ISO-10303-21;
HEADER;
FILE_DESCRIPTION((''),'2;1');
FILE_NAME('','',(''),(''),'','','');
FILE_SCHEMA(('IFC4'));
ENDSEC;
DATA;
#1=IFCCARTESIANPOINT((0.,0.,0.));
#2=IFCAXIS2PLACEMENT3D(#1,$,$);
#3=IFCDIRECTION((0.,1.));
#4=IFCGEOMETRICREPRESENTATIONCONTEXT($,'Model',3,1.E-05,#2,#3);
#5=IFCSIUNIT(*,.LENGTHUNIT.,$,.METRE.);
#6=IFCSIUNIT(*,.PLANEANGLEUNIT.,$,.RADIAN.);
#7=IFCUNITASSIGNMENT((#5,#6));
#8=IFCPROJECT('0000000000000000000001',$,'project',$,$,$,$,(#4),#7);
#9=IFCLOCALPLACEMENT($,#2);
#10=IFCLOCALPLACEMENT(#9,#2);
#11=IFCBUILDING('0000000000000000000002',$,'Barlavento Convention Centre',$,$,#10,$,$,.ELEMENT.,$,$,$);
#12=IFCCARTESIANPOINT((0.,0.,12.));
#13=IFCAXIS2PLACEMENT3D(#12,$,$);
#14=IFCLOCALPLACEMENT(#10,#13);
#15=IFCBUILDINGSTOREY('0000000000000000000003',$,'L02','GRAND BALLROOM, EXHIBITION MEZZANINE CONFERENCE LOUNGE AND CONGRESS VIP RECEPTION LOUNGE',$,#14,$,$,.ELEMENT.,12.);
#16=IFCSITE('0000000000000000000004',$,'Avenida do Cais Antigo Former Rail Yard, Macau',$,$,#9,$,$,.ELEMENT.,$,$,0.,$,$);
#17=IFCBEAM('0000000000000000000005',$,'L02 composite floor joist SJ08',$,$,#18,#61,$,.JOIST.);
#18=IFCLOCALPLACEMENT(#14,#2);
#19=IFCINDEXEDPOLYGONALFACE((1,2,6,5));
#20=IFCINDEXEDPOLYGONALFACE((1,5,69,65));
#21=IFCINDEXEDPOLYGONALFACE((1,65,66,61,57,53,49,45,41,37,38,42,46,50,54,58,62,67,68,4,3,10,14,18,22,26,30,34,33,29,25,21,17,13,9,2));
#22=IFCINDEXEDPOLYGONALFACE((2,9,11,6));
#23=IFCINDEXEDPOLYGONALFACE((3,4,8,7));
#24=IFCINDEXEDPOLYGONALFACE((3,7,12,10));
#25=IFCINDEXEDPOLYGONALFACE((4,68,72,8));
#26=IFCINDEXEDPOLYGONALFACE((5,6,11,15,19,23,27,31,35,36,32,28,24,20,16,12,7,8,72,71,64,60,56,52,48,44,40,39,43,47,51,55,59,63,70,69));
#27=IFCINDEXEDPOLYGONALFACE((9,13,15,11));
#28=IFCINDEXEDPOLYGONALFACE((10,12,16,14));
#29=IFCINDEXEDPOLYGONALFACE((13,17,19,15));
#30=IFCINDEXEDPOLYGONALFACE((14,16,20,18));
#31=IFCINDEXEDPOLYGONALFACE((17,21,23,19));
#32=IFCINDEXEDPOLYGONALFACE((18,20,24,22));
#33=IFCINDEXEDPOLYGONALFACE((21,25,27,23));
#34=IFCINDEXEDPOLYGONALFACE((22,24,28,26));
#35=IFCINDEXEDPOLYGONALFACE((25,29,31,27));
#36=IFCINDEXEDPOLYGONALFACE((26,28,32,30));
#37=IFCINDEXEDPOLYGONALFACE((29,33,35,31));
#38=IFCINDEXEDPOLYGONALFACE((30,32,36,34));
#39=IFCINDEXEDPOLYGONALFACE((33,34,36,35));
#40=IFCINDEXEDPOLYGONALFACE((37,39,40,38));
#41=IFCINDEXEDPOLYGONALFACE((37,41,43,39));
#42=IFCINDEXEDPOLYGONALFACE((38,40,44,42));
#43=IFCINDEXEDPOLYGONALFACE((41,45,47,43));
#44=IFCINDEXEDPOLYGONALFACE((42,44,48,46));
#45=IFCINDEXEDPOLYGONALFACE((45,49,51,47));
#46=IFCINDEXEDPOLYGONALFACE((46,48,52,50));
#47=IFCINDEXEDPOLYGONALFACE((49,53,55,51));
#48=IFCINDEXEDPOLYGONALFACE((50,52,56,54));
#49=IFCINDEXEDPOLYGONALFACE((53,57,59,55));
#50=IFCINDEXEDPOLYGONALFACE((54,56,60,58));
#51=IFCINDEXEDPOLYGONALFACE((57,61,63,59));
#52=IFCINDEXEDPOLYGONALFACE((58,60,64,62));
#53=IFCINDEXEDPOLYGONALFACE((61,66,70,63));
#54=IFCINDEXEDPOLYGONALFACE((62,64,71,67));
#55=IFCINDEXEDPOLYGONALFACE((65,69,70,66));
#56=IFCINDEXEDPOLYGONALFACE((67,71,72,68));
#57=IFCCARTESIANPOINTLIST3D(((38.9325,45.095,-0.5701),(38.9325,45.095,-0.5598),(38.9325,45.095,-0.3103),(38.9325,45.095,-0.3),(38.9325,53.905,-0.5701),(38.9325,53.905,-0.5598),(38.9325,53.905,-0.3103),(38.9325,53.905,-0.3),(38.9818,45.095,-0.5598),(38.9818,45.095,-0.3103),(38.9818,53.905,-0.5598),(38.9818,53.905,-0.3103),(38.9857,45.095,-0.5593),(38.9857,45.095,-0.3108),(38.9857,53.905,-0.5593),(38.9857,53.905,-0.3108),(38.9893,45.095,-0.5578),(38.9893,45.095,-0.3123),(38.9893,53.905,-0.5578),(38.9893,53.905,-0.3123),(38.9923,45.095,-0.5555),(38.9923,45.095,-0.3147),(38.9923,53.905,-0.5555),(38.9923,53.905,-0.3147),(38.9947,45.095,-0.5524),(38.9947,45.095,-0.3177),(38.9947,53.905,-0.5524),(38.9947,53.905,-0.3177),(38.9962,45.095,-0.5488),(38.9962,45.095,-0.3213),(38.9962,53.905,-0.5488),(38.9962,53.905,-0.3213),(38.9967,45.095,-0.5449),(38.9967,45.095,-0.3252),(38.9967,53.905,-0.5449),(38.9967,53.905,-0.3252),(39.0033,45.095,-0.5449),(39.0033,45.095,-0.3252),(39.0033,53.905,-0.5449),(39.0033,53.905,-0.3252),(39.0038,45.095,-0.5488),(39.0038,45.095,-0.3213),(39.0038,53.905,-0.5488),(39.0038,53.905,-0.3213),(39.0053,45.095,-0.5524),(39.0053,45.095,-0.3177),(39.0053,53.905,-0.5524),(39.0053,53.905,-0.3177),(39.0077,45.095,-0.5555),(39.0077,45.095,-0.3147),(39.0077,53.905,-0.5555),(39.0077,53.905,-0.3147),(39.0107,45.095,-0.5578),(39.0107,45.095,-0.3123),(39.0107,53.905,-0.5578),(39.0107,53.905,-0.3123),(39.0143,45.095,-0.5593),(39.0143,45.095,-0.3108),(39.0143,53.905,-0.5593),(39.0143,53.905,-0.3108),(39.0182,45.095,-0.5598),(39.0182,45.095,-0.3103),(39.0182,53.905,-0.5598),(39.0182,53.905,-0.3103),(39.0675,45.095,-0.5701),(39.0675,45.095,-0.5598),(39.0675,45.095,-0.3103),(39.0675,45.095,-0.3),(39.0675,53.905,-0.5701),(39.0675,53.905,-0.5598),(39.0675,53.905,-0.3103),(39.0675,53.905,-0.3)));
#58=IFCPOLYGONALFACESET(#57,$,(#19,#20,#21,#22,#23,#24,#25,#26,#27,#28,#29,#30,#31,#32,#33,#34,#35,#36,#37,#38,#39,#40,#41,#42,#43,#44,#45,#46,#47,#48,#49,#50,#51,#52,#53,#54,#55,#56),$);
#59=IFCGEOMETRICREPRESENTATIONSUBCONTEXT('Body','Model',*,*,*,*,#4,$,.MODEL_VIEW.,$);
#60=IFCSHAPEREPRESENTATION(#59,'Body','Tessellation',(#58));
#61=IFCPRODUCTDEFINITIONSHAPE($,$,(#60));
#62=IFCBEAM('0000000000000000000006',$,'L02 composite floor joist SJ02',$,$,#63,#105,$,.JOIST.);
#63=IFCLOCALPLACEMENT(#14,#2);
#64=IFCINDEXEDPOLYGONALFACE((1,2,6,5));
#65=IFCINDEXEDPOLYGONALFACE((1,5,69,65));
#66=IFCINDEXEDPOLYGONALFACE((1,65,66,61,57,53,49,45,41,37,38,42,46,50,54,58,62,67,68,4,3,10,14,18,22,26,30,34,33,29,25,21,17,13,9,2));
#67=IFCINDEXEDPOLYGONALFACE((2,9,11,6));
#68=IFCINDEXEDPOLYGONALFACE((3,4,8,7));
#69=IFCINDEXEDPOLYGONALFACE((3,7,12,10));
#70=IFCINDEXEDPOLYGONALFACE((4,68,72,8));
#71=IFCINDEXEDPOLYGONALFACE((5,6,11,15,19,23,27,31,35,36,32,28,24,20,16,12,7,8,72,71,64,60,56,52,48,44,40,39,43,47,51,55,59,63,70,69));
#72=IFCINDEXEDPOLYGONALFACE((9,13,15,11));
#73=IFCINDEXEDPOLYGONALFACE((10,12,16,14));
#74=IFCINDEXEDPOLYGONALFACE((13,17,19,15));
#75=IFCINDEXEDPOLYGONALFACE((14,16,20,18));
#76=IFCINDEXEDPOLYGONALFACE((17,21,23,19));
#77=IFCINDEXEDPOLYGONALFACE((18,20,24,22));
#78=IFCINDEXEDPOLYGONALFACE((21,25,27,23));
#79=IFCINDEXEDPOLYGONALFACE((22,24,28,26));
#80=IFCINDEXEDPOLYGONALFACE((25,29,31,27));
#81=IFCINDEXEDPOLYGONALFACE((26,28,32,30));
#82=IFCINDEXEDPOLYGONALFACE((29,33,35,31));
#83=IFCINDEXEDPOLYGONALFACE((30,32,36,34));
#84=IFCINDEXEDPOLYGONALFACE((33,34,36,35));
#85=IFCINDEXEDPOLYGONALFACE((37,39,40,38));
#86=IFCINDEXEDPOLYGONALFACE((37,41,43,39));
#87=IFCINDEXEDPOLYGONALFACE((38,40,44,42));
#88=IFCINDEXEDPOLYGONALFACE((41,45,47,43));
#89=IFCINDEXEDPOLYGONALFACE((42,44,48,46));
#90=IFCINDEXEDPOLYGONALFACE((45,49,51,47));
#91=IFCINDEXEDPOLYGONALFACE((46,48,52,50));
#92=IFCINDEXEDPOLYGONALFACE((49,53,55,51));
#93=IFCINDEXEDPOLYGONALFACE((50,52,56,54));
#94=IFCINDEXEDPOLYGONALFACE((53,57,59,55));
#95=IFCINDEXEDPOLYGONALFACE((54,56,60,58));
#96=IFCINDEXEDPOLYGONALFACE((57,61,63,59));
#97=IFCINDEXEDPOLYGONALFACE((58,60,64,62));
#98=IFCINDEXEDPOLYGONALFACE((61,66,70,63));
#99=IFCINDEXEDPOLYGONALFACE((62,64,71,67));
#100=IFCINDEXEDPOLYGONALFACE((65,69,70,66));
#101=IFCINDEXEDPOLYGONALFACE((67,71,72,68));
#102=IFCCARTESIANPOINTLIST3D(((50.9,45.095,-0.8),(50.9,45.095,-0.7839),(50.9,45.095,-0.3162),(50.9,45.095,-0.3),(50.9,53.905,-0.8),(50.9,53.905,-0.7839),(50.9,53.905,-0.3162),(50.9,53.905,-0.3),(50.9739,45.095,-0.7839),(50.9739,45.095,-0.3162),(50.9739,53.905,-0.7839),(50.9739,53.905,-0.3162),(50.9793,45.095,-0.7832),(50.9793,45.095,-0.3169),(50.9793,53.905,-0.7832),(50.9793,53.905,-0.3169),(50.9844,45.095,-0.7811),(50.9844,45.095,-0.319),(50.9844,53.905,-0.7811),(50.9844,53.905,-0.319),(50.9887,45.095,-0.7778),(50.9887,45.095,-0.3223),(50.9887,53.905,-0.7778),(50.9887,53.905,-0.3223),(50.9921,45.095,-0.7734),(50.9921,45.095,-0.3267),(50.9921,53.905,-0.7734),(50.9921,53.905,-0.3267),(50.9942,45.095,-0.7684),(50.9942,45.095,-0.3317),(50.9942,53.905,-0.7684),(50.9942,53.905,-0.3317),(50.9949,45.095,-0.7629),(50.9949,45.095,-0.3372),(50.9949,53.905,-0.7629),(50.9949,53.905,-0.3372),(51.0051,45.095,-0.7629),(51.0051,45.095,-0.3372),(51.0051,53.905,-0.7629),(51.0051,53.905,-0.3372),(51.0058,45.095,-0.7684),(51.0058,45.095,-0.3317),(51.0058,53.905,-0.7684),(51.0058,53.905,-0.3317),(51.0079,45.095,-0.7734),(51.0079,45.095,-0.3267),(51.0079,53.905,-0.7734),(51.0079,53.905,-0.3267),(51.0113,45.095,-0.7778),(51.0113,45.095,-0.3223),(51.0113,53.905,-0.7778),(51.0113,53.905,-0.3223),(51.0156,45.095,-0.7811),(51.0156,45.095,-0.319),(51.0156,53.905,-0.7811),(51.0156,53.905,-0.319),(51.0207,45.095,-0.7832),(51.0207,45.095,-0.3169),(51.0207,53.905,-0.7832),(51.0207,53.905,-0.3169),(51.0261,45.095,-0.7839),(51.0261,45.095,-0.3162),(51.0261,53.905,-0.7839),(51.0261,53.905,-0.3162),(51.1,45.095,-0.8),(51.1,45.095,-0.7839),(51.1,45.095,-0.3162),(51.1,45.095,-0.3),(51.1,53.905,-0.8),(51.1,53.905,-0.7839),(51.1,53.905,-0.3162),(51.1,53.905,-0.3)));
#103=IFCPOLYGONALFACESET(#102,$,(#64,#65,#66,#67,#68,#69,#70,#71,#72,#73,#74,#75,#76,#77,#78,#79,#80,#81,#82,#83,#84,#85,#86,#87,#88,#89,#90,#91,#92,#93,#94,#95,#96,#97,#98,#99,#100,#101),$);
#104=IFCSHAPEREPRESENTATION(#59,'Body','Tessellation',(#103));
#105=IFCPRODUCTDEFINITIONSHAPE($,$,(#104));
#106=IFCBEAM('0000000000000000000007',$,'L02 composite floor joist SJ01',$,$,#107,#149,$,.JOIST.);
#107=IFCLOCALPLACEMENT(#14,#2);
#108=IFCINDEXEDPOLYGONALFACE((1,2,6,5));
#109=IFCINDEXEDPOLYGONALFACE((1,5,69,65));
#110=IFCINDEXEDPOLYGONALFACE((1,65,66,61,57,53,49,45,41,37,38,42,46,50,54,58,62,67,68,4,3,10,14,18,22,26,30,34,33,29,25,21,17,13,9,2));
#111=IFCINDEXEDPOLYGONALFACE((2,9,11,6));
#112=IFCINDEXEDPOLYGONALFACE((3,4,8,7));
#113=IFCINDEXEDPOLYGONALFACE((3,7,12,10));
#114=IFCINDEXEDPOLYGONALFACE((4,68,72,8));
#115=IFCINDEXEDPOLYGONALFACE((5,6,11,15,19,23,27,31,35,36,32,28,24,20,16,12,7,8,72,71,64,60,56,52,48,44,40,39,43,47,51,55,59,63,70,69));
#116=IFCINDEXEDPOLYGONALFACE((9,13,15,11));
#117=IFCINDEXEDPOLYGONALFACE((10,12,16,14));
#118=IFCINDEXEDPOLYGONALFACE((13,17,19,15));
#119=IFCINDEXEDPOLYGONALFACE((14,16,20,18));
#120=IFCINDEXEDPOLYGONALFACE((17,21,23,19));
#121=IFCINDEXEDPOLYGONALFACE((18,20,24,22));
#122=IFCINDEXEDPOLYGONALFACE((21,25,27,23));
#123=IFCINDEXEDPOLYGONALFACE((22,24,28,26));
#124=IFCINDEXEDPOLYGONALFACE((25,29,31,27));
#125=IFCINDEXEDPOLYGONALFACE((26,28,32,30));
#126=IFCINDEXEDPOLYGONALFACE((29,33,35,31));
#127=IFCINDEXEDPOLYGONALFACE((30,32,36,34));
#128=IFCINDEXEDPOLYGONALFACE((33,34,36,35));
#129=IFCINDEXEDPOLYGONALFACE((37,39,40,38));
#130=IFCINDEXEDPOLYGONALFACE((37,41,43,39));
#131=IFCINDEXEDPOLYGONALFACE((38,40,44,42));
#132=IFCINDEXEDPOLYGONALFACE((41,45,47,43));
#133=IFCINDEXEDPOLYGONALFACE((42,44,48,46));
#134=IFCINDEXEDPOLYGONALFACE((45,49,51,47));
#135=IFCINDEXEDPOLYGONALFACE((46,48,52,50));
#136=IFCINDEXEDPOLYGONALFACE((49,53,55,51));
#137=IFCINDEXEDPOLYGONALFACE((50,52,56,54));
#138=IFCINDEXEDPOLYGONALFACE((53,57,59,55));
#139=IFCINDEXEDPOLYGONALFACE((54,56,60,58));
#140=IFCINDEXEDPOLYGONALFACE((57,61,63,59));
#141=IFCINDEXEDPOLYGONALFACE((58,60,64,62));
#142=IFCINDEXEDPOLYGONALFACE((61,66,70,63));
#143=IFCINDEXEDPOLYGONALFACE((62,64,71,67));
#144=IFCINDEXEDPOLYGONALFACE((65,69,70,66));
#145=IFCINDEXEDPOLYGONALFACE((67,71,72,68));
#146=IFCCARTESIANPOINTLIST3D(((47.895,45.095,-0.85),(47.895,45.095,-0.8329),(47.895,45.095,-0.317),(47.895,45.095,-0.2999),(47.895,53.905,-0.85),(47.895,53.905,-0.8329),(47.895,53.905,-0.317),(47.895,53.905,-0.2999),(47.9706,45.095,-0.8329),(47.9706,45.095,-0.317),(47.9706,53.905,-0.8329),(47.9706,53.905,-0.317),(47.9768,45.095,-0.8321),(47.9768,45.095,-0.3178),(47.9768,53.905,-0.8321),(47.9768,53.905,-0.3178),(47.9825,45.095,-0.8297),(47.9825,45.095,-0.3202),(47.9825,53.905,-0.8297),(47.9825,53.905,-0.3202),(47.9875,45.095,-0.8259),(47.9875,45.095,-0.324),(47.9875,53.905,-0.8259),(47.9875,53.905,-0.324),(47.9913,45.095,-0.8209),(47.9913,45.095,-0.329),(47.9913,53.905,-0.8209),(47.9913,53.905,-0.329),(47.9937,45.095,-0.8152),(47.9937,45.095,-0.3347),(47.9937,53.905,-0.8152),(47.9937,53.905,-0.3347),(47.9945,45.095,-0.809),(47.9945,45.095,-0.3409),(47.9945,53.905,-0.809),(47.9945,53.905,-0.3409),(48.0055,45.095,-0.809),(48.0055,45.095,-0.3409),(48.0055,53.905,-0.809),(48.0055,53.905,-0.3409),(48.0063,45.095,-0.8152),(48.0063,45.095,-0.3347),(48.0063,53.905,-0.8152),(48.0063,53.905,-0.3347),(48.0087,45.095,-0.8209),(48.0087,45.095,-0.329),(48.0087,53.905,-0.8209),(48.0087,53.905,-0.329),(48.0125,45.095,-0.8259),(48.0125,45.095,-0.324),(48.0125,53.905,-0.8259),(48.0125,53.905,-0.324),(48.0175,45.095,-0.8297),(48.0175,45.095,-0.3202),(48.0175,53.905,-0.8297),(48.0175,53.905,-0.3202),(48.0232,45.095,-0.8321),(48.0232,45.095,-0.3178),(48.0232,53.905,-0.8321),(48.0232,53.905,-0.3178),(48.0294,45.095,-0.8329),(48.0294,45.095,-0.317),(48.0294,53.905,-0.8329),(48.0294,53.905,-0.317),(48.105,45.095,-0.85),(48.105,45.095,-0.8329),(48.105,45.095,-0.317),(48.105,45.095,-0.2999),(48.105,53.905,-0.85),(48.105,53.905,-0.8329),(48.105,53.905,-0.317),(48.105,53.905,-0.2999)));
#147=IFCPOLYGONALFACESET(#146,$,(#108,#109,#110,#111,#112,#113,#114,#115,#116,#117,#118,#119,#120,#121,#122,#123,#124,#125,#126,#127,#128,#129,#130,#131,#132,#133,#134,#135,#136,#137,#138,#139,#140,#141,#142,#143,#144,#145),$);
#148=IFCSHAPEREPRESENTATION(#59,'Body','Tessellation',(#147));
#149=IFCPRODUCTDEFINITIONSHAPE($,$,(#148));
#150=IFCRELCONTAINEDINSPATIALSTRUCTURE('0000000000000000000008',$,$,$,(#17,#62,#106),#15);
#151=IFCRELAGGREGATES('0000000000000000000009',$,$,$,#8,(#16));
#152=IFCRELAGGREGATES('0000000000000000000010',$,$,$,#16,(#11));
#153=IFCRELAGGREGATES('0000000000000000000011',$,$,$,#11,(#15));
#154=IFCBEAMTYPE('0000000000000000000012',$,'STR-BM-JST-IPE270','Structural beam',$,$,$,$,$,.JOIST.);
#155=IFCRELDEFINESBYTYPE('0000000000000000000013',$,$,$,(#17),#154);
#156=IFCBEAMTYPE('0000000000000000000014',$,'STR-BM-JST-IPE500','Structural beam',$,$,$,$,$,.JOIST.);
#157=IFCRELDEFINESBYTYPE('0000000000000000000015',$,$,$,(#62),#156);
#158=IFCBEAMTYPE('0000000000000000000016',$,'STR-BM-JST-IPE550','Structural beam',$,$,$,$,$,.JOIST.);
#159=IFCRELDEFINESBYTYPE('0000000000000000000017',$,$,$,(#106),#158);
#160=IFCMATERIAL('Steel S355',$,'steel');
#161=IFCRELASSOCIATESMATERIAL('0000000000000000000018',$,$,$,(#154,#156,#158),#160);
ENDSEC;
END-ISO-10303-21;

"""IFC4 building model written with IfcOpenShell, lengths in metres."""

from ifc_helpers import new_model, si_unit, direction, frame, origin, origin_2d, place, context, subcontext, project, spatial, i_section, extrude, material, material_profile, profile_set, type_object, element, save


model = new_model("IFC4")

# Units and contexts
model_context = context("Model", 3, precision=1e-05, world=origin(), true_north=direction((0.0, 1.0)))
body_context = subcontext(model_context, "Body", "Model", "MODEL_VIEW")
ifc_project = project(units=[si_unit("LENGTHUNIT", "METRE"), si_unit("PLANEANGLEUNIT", "RADIAN")], contexts=[model_context])

# Site, building, storey
site_placement = place(None, origin())
site = spatial("IfcSite", under=ifc_project, at=site_placement, Name="Avenida do Cais Antigo Former Rail Yard, Macau", CompositionType="ELEMENT", RefElevation=0.0)
building_placement = place(site_placement, origin())
building = spatial("IfcBuilding", under=site, at=building_placement, Name="Barlavento Convention Centre", CompositionType="ELEMENT")
storey_placement = place(building_placement, frame((0.0, 0.0, 12.0)))
storey = spatial("IfcBuildingStorey", under=building, at=storey_placement, Name="L02", Description="GRAND BALLROOM, EXHIBITION MEZZANINE CONFERENCE LOUNGE AND CONGRESS VIP RECEPTION LOUNGE", CompositionType="ELEMENT", Elevation=12.0)

# Shared definitions
ifc_material_1 = material(Name="Steel S355", Category="steel")

# Beams
ifc_material_profile_1 = material_profile(ifc_material_1, i_section(OverallWidth=0.135, OverallDepth=0.27, WebThickness=0.0066, FlangeThickness=0.0103, FilletRadius=0.0149, at=origin_2d()), Name="IPE 270")
ifc_profile_set_1 = profile_set([ifc_material_profile_1], Name="Steel S355")
beam_type_1 = type_object("IfcBeamType", Name="STR-BM-JST-IPE270", Description="Structural beam", PredefinedType="JOIST", material=ifc_profile_set_1)
beam_1_placement = place(storey_placement, frame((39.0, 45.095, -0.4351), z_axis=(0.0, 1.0, 0.0), x_axis=(-1.0, 0.0, 0.0)))
element("IfcBeam", 1, at=beam_1_placement, inside=storey, type_object=beam_type_1, Name="L02 composite floor joist SJ08", PredefinedType="JOIST", context=body_context, shape_type="SweptSolid", body=[
    extrude(i_section(OverallWidth=0.135, OverallDepth=0.27, WebThickness=0.0066, FlangeThickness=0.0103, FilletRadius=0.0149, at=origin_2d()), origin(), (0.0, 0.0, 1.0), 8.8101),
])
ifc_material_profile_2 = material_profile(ifc_material_1, i_section(OverallWidth=0.2, OverallDepth=0.5, WebThickness=0.0103, FlangeThickness=0.0161, FilletRadius=0.021, at=origin_2d()), Name="IPE 500")
ifc_profile_set_2 = profile_set([ifc_material_profile_2], Name="Steel S355")
beam_type_2 = type_object("IfcBeamType", Name="STR-BM-JST-IPE500", Description="Structural beam", PredefinedType="JOIST", material=ifc_profile_set_2)
beam_2_placement = place(storey_placement, frame((51.0, 45.095, -0.55), z_axis=(0.0, 1.0, 0.0), x_axis=(-1.0, 0.0, 0.0)))
element("IfcBeam", 2, at=beam_2_placement, inside=storey, type_object=beam_type_2, Name="L02 composite floor joist SJ02", PredefinedType="JOIST", context=body_context, shape_type="SweptSolid", body=[
    extrude(i_section(OverallWidth=0.2, OverallDepth=0.5, WebThickness=0.0103, FlangeThickness=0.0161, FilletRadius=0.021, at=origin_2d()), origin(), (0.0, 0.0, 1.0), 8.8101),
])
ifc_material_profile_3 = material_profile(ifc_material_1, i_section(OverallWidth=0.21, OverallDepth=0.55, WebThickness=0.011, FlangeThickness=0.0171, FilletRadius=0.0239, at=origin_2d()), Name="IPE 550")
ifc_profile_set_3 = profile_set([ifc_material_profile_3], Name="Steel S355")
beam_type_3 = type_object("IfcBeamType", Name="STR-BM-JST-IPE550", Description="Structural beam", PredefinedType="JOIST", material=ifc_profile_set_3)
beam_3_placement = place(storey_placement, frame((48.0, 45.095, -0.575), z_axis=(0.0, 1.0, 0.0), x_axis=(-1.0, 0.0, 0.0)))
element("IfcBeam", 3, at=beam_3_placement, inside=storey, type_object=beam_type_3, Name="L02 composite floor joist SJ01", PredefinedType="JOIST", context=body_context, shape_type="SweptSolid", body=[
    extrude(i_section(OverallWidth=0.21, OverallDepth=0.55, WebThickness=0.011, FlangeThickness=0.0171, FilletRadius=0.0239, at=origin_2d()), origin(), (0.0, 0.0, 1.0), 8.8101),
])

save(model, "model.ifc")
